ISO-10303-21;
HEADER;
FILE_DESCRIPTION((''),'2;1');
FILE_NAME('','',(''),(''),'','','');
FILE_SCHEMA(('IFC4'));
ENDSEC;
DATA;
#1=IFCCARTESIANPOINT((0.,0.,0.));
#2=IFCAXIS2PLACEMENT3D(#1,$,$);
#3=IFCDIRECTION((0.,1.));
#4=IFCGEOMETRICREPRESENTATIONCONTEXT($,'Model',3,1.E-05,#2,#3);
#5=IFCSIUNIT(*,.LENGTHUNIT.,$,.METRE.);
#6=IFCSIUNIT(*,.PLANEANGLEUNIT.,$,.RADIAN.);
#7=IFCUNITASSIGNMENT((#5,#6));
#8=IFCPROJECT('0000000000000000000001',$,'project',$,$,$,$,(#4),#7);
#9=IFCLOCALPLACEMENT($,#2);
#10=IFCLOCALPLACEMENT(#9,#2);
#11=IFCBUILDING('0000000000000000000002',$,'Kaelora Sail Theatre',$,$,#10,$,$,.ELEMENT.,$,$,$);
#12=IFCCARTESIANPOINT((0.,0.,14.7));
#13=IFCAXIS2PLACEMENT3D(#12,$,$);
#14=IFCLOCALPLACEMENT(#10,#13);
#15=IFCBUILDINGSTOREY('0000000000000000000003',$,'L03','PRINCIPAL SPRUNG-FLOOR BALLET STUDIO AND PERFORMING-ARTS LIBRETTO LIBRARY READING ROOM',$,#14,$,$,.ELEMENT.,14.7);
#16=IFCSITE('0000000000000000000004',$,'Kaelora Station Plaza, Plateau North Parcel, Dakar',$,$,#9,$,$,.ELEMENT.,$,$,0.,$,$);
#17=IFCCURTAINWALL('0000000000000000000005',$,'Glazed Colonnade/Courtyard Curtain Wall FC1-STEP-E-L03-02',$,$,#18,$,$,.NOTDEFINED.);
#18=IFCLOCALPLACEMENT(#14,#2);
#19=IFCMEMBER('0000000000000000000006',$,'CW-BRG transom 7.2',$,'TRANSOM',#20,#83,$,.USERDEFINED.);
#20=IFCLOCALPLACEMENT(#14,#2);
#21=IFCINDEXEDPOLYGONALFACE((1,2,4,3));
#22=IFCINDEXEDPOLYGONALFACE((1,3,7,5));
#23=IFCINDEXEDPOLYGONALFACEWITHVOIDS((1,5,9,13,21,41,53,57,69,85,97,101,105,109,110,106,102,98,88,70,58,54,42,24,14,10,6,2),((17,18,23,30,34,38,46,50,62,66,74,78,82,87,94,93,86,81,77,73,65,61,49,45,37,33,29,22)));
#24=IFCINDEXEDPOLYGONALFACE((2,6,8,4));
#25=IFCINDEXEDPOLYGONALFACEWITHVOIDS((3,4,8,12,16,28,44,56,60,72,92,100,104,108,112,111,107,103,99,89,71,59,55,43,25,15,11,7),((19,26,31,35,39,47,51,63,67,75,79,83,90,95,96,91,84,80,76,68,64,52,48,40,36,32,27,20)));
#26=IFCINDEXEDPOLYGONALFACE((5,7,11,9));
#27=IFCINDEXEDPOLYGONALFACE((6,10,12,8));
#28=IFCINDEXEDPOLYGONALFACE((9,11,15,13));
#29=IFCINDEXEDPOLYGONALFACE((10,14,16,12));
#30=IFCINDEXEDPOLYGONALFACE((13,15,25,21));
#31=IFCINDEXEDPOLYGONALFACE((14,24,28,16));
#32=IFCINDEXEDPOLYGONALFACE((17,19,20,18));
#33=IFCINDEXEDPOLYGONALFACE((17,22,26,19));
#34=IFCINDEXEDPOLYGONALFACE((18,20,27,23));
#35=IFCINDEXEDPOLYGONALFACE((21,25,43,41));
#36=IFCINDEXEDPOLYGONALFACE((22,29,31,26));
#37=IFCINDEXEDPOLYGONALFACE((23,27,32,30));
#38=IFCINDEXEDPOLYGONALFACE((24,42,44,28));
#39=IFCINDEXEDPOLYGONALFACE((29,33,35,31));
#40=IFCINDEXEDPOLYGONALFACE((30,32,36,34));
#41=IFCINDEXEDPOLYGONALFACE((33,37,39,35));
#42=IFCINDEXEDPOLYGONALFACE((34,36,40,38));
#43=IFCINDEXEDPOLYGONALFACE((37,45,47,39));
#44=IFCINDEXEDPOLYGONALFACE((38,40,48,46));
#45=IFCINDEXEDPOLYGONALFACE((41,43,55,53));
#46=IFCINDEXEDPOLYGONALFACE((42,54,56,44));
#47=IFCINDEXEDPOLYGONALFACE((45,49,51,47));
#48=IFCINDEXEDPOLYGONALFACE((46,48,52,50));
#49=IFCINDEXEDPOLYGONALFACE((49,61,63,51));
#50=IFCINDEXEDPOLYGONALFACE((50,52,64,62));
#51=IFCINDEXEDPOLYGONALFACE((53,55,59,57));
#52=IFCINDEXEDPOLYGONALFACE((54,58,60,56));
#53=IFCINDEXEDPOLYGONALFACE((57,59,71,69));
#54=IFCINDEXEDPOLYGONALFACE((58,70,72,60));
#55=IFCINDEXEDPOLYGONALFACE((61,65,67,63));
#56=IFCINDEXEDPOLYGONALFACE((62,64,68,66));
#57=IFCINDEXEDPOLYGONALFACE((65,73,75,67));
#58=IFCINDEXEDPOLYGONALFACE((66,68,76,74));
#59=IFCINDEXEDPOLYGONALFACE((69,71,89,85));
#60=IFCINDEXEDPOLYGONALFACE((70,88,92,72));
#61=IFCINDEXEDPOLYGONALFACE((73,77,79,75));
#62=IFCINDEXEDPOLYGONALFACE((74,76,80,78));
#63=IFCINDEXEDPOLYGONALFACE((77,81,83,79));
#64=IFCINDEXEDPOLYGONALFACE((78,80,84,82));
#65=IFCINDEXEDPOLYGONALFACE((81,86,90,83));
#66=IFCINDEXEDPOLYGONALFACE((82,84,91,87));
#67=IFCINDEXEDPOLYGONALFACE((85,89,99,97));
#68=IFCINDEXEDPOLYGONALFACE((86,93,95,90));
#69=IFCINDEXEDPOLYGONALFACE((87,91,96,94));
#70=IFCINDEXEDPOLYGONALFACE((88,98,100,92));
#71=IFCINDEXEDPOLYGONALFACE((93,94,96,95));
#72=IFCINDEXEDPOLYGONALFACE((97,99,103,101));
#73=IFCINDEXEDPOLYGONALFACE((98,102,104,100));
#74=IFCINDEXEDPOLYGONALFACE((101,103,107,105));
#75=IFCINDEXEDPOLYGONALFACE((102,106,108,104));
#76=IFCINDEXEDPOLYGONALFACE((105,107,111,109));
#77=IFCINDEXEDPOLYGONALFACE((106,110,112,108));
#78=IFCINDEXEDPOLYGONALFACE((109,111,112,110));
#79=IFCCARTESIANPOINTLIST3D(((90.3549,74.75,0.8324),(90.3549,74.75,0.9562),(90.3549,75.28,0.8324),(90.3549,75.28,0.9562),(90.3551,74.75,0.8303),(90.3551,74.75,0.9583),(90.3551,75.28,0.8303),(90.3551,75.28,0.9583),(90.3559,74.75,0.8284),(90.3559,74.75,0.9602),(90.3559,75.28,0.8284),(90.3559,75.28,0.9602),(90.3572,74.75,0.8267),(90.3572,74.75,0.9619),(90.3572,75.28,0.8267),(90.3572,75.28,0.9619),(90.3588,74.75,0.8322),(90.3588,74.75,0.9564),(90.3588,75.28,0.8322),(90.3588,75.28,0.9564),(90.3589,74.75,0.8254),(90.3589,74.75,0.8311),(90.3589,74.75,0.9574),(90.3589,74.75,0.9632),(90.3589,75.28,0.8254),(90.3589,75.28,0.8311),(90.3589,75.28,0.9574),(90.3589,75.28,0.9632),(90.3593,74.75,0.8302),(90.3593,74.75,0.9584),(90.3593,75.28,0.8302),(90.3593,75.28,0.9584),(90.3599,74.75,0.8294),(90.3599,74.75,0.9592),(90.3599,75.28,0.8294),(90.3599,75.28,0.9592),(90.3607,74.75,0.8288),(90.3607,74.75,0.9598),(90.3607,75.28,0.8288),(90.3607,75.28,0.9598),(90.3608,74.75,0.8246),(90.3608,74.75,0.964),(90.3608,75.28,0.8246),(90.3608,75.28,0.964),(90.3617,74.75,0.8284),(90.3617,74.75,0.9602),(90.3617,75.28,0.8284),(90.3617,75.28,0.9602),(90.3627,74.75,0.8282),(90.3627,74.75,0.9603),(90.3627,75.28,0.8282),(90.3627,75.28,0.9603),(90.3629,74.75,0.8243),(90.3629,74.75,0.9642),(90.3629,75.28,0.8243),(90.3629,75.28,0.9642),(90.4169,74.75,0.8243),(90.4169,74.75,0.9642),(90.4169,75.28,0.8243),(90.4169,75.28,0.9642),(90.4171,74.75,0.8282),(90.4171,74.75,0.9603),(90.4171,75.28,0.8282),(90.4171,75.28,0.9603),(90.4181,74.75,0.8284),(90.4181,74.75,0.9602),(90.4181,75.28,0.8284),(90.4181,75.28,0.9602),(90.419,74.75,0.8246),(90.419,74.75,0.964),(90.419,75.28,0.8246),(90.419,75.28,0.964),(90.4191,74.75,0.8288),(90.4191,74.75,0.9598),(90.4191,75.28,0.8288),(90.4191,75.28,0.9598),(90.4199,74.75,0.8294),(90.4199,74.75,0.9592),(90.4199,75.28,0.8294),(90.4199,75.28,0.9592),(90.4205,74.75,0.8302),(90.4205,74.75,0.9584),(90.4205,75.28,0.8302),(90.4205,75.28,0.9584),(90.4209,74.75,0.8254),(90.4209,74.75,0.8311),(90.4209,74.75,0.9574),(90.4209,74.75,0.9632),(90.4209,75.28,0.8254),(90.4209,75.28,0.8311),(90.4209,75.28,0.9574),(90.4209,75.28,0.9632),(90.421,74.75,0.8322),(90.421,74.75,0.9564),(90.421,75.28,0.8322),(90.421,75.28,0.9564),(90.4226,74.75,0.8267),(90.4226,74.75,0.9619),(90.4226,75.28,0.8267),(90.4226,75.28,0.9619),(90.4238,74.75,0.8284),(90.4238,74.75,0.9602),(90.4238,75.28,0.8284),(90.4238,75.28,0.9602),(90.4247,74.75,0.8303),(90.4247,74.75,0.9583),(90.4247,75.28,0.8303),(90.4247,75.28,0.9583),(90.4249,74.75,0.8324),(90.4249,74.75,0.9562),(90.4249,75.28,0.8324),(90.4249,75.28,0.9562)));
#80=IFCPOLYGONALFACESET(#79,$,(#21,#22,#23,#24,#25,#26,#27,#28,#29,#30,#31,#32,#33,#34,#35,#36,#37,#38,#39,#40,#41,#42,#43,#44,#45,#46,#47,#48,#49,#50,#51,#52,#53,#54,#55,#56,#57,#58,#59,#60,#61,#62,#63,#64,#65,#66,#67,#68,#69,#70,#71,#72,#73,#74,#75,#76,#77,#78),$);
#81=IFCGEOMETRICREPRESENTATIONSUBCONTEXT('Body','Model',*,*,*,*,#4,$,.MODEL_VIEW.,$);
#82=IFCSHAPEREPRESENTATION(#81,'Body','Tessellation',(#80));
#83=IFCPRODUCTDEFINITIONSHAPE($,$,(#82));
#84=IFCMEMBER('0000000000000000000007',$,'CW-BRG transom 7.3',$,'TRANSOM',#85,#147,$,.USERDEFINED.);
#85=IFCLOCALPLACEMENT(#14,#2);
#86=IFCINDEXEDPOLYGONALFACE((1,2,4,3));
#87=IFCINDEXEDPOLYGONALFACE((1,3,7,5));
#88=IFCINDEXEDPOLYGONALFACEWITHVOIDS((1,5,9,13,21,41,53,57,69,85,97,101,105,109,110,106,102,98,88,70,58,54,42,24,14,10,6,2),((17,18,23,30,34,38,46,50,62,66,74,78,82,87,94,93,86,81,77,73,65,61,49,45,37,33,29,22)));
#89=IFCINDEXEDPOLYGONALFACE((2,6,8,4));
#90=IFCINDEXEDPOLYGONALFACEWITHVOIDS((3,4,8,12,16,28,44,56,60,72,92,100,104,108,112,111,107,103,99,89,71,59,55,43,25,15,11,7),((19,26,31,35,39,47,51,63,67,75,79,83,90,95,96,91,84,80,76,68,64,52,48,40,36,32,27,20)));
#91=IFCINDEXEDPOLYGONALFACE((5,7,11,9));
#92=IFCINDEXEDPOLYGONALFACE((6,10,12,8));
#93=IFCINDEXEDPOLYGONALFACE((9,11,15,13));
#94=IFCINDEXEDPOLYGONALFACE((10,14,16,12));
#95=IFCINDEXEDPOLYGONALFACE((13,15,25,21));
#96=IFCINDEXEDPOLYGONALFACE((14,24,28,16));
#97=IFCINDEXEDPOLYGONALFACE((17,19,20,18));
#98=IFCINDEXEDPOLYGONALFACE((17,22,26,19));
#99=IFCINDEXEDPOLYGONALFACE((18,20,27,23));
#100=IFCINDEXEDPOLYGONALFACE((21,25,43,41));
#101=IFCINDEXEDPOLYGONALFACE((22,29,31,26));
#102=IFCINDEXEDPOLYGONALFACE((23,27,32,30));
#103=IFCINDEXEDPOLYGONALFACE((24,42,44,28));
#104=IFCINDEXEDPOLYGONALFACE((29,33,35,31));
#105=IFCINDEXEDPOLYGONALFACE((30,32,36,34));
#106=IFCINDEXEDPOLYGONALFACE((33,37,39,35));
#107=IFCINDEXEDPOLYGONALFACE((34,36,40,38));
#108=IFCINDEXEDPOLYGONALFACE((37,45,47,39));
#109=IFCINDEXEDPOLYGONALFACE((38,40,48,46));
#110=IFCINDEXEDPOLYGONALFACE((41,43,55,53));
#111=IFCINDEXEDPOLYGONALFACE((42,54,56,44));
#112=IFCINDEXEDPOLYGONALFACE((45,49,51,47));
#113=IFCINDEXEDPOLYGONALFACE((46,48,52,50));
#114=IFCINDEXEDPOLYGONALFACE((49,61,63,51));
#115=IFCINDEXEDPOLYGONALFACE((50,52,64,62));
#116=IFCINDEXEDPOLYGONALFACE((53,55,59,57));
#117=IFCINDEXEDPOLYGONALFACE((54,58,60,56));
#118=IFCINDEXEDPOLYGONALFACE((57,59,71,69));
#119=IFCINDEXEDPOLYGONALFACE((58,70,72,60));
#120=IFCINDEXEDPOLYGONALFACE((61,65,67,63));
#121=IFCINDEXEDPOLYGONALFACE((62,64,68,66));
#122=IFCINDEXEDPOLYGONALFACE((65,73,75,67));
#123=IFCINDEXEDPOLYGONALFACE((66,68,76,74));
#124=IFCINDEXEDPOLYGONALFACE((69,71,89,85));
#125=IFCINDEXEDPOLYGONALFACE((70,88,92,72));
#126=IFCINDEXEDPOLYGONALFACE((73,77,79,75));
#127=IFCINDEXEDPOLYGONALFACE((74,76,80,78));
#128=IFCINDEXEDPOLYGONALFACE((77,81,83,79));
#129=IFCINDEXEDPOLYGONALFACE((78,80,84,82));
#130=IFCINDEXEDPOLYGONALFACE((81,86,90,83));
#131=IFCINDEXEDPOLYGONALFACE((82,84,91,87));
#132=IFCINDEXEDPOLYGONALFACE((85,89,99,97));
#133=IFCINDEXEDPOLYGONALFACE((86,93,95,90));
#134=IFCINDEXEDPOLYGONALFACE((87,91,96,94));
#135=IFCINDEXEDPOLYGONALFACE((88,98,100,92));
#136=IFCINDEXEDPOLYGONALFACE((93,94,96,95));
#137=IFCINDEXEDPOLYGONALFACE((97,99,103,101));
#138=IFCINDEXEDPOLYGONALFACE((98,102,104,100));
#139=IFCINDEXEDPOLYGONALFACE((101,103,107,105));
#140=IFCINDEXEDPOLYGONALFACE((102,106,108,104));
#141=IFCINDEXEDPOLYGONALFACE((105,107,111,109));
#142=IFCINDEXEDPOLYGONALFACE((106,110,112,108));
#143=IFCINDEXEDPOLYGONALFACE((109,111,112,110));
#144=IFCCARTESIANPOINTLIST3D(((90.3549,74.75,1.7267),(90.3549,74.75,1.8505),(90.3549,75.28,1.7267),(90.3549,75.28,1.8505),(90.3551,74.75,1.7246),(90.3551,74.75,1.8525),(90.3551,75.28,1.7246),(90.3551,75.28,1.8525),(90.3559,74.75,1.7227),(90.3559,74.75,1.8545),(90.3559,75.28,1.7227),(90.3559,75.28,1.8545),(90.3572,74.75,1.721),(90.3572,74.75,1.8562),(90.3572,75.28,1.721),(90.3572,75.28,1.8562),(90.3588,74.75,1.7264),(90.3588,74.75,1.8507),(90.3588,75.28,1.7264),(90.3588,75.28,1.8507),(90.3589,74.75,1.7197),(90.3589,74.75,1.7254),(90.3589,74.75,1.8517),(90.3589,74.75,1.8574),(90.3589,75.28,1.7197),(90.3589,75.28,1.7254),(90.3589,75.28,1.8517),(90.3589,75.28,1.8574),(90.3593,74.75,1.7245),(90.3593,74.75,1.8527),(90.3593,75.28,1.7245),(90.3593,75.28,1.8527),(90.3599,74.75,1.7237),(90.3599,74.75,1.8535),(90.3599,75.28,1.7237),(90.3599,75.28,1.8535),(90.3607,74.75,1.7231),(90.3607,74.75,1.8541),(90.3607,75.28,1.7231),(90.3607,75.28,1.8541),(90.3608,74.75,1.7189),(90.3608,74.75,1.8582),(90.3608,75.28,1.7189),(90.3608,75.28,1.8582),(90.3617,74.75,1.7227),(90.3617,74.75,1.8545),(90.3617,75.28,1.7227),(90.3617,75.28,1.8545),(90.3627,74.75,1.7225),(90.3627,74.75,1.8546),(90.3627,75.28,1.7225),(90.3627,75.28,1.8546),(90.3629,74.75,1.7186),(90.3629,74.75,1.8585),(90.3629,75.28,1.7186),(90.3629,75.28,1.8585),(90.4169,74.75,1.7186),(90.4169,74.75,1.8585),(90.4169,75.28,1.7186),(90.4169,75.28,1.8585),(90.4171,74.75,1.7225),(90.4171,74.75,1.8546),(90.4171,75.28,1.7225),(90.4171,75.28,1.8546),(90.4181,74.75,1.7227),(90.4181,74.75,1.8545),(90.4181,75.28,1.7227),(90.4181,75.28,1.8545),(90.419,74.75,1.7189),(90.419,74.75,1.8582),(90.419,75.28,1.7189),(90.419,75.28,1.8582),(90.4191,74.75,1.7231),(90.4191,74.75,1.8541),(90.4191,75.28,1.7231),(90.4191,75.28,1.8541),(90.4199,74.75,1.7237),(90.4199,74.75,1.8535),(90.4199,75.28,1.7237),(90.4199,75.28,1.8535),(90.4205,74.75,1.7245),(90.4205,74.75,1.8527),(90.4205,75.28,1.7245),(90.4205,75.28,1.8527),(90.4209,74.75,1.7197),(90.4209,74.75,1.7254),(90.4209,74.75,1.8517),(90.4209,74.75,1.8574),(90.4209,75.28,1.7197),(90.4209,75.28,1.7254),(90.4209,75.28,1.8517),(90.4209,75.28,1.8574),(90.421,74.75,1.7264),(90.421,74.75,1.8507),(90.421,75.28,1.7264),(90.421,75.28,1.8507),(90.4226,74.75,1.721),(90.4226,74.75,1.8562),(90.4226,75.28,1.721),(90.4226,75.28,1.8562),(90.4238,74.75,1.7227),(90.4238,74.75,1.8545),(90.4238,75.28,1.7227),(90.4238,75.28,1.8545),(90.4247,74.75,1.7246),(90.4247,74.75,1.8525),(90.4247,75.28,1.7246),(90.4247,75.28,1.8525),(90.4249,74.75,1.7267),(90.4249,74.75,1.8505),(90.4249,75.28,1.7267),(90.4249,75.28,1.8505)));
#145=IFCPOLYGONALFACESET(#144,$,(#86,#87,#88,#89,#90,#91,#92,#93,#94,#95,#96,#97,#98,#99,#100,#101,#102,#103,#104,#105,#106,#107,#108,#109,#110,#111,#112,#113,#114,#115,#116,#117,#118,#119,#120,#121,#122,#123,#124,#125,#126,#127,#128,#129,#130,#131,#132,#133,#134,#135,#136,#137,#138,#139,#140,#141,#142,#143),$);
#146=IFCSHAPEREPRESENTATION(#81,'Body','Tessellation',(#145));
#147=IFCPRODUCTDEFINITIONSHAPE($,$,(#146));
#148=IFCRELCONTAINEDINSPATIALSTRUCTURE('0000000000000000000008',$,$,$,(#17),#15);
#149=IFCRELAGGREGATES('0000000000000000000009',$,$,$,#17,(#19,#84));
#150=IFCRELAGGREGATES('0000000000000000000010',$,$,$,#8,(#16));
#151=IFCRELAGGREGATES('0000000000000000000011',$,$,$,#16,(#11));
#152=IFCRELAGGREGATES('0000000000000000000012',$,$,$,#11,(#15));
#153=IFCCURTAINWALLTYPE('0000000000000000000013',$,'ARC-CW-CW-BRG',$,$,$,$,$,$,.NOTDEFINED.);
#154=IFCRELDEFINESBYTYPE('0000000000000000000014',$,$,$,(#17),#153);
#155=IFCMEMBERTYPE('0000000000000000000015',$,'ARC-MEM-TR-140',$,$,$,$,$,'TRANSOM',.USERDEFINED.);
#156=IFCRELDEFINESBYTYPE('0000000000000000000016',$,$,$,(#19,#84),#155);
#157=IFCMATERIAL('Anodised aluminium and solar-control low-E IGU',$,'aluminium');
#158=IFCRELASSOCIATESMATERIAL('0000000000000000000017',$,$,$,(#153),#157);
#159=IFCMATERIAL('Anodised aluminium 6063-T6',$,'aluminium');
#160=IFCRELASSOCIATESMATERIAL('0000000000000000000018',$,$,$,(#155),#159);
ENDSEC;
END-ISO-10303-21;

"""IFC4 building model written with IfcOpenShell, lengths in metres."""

from ifc_helpers import new_model, si_unit, direction, frame, origin, origin_2d, place, context, subcontext, project, spatial, hollow_rectangle, extrude, material, material_profile, profile_set, type_object, element, aggregate, save


model = new_model("IFC4")

# Units and contexts
model_context = context("Model", 3, precision=1e-05, world=origin(), true_north=direction((0.0, 1.0)))
body_context = subcontext(model_context, "Body", "Model", "MODEL_VIEW")
ifc_project = project(units=[si_unit("LENGTHUNIT", "METRE"), si_unit("PLANEANGLEUNIT", "RADIAN")], contexts=[model_context])

# Site, building, storey
site_placement = place(None, origin())
site = spatial("IfcSite", under=ifc_project, at=site_placement, Name="Kaelora Station Plaza, Plateau North Parcel, Dakar", CompositionType="ELEMENT", RefElevation=0.0)
building_placement = place(site_placement, origin())
building = spatial("IfcBuilding", under=site, at=building_placement, Name="Kaelora Sail Theatre", CompositionType="ELEMENT")
storey_placement = place(building_placement, frame((0.0, 0.0, 14.7)))
storey = spatial("IfcBuildingStorey", under=building, at=storey_placement, Name="L03", Description="PRINCIPAL SPRUNG-FLOOR BALLET STUDIO AND PERFORMING-ARTS LIBRETTO LIBRARY READING ROOM", CompositionType="ELEMENT", Elevation=14.7)

# Curtain wall
ifc_material_1 = material(Name="Anodised aluminium and solar-control low-E IGU", Category="aluminium")
curtain_wall_type = type_object("IfcCurtainWallType", Name="ARC-CW-CW-BRG", PredefinedType="NOTDEFINED", material=ifc_material_1)
curtain_wall_1_placement = place(storey_placement, origin())
curtain_wall_1 = element("IfcCurtainWall", 1, at=curtain_wall_1_placement, inside=storey, type_object=curtain_wall_type, Name="Glazed Colonnade/Courtyard Curtain Wall FC1-STEP-E-L03-02", PredefinedType="NOTDEFINED")

# Members
ifc_material_2 = material(Name="Anodised aluminium 6063-T6", Category="aluminium")
ifc_material_profile_1 = material_profile(ifc_material_2, hollow_rectangle(XDim=0.0701, YDim=0.1399, WallThickness=0.0039, InnerFilletRadius=0.0039, OuterFilletRadius=0.0081, at=origin_2d()), Name="ALU-TRAN 70x140x4")
ifc_profile_set_1 = profile_set([ifc_material_profile_1], Name="Anodised aluminium 6063-T6")
member_type_1 = type_object("IfcMemberType", Name="ARC-MEM-TR-140", ElementType="TRANSOM", PredefinedType="USERDEFINED", material=ifc_profile_set_1)
member_1_placement = place(storey_placement, frame((90.3899, 74.75, 0.8943), z_axis=(0.0, 1.0, 0.0), x_axis=(-1.0, 0.0, 0.0)))
member_1 = element("IfcMember", 2, at=member_1_placement, type_object=member_type_1, Name="CW-BRG transom 7.2", ObjectType="TRANSOM", PredefinedType="USERDEFINED", context=body_context, shape_type="SweptSolid", body=[
    extrude(hollow_rectangle(XDim=0.0701, YDim=0.1399, WallThickness=0.0039, InnerFilletRadius=0.0039, OuterFilletRadius=0.0081, at=origin_2d()), origin(), (0.0, 0.0, 1.0), 0.53),
])
member_2_placement = place(storey_placement, frame((90.3899, 74.75, 1.7886), z_axis=(0.0, 1.0, 0.0), x_axis=(-1.0, 0.0, 0.0)))
member_2 = element("IfcMember", 3, at=member_2_placement, type_object=member_type_1, Name="CW-BRG transom 7.3", ObjectType="TRANSOM", PredefinedType="USERDEFINED", context=body_context, shape_type="SweptSolid", body=[
    extrude(hollow_rectangle(XDim=0.0701, YDim=0.1399, WallThickness=0.0039, InnerFilletRadius=0.0039, OuterFilletRadius=0.0081, at=origin_2d()), origin(), (0.0, 0.0, 1.0), 0.53),
])

aggregate(curtain_wall_1, [member_1, member_2])

save(model, "model.ifc")
